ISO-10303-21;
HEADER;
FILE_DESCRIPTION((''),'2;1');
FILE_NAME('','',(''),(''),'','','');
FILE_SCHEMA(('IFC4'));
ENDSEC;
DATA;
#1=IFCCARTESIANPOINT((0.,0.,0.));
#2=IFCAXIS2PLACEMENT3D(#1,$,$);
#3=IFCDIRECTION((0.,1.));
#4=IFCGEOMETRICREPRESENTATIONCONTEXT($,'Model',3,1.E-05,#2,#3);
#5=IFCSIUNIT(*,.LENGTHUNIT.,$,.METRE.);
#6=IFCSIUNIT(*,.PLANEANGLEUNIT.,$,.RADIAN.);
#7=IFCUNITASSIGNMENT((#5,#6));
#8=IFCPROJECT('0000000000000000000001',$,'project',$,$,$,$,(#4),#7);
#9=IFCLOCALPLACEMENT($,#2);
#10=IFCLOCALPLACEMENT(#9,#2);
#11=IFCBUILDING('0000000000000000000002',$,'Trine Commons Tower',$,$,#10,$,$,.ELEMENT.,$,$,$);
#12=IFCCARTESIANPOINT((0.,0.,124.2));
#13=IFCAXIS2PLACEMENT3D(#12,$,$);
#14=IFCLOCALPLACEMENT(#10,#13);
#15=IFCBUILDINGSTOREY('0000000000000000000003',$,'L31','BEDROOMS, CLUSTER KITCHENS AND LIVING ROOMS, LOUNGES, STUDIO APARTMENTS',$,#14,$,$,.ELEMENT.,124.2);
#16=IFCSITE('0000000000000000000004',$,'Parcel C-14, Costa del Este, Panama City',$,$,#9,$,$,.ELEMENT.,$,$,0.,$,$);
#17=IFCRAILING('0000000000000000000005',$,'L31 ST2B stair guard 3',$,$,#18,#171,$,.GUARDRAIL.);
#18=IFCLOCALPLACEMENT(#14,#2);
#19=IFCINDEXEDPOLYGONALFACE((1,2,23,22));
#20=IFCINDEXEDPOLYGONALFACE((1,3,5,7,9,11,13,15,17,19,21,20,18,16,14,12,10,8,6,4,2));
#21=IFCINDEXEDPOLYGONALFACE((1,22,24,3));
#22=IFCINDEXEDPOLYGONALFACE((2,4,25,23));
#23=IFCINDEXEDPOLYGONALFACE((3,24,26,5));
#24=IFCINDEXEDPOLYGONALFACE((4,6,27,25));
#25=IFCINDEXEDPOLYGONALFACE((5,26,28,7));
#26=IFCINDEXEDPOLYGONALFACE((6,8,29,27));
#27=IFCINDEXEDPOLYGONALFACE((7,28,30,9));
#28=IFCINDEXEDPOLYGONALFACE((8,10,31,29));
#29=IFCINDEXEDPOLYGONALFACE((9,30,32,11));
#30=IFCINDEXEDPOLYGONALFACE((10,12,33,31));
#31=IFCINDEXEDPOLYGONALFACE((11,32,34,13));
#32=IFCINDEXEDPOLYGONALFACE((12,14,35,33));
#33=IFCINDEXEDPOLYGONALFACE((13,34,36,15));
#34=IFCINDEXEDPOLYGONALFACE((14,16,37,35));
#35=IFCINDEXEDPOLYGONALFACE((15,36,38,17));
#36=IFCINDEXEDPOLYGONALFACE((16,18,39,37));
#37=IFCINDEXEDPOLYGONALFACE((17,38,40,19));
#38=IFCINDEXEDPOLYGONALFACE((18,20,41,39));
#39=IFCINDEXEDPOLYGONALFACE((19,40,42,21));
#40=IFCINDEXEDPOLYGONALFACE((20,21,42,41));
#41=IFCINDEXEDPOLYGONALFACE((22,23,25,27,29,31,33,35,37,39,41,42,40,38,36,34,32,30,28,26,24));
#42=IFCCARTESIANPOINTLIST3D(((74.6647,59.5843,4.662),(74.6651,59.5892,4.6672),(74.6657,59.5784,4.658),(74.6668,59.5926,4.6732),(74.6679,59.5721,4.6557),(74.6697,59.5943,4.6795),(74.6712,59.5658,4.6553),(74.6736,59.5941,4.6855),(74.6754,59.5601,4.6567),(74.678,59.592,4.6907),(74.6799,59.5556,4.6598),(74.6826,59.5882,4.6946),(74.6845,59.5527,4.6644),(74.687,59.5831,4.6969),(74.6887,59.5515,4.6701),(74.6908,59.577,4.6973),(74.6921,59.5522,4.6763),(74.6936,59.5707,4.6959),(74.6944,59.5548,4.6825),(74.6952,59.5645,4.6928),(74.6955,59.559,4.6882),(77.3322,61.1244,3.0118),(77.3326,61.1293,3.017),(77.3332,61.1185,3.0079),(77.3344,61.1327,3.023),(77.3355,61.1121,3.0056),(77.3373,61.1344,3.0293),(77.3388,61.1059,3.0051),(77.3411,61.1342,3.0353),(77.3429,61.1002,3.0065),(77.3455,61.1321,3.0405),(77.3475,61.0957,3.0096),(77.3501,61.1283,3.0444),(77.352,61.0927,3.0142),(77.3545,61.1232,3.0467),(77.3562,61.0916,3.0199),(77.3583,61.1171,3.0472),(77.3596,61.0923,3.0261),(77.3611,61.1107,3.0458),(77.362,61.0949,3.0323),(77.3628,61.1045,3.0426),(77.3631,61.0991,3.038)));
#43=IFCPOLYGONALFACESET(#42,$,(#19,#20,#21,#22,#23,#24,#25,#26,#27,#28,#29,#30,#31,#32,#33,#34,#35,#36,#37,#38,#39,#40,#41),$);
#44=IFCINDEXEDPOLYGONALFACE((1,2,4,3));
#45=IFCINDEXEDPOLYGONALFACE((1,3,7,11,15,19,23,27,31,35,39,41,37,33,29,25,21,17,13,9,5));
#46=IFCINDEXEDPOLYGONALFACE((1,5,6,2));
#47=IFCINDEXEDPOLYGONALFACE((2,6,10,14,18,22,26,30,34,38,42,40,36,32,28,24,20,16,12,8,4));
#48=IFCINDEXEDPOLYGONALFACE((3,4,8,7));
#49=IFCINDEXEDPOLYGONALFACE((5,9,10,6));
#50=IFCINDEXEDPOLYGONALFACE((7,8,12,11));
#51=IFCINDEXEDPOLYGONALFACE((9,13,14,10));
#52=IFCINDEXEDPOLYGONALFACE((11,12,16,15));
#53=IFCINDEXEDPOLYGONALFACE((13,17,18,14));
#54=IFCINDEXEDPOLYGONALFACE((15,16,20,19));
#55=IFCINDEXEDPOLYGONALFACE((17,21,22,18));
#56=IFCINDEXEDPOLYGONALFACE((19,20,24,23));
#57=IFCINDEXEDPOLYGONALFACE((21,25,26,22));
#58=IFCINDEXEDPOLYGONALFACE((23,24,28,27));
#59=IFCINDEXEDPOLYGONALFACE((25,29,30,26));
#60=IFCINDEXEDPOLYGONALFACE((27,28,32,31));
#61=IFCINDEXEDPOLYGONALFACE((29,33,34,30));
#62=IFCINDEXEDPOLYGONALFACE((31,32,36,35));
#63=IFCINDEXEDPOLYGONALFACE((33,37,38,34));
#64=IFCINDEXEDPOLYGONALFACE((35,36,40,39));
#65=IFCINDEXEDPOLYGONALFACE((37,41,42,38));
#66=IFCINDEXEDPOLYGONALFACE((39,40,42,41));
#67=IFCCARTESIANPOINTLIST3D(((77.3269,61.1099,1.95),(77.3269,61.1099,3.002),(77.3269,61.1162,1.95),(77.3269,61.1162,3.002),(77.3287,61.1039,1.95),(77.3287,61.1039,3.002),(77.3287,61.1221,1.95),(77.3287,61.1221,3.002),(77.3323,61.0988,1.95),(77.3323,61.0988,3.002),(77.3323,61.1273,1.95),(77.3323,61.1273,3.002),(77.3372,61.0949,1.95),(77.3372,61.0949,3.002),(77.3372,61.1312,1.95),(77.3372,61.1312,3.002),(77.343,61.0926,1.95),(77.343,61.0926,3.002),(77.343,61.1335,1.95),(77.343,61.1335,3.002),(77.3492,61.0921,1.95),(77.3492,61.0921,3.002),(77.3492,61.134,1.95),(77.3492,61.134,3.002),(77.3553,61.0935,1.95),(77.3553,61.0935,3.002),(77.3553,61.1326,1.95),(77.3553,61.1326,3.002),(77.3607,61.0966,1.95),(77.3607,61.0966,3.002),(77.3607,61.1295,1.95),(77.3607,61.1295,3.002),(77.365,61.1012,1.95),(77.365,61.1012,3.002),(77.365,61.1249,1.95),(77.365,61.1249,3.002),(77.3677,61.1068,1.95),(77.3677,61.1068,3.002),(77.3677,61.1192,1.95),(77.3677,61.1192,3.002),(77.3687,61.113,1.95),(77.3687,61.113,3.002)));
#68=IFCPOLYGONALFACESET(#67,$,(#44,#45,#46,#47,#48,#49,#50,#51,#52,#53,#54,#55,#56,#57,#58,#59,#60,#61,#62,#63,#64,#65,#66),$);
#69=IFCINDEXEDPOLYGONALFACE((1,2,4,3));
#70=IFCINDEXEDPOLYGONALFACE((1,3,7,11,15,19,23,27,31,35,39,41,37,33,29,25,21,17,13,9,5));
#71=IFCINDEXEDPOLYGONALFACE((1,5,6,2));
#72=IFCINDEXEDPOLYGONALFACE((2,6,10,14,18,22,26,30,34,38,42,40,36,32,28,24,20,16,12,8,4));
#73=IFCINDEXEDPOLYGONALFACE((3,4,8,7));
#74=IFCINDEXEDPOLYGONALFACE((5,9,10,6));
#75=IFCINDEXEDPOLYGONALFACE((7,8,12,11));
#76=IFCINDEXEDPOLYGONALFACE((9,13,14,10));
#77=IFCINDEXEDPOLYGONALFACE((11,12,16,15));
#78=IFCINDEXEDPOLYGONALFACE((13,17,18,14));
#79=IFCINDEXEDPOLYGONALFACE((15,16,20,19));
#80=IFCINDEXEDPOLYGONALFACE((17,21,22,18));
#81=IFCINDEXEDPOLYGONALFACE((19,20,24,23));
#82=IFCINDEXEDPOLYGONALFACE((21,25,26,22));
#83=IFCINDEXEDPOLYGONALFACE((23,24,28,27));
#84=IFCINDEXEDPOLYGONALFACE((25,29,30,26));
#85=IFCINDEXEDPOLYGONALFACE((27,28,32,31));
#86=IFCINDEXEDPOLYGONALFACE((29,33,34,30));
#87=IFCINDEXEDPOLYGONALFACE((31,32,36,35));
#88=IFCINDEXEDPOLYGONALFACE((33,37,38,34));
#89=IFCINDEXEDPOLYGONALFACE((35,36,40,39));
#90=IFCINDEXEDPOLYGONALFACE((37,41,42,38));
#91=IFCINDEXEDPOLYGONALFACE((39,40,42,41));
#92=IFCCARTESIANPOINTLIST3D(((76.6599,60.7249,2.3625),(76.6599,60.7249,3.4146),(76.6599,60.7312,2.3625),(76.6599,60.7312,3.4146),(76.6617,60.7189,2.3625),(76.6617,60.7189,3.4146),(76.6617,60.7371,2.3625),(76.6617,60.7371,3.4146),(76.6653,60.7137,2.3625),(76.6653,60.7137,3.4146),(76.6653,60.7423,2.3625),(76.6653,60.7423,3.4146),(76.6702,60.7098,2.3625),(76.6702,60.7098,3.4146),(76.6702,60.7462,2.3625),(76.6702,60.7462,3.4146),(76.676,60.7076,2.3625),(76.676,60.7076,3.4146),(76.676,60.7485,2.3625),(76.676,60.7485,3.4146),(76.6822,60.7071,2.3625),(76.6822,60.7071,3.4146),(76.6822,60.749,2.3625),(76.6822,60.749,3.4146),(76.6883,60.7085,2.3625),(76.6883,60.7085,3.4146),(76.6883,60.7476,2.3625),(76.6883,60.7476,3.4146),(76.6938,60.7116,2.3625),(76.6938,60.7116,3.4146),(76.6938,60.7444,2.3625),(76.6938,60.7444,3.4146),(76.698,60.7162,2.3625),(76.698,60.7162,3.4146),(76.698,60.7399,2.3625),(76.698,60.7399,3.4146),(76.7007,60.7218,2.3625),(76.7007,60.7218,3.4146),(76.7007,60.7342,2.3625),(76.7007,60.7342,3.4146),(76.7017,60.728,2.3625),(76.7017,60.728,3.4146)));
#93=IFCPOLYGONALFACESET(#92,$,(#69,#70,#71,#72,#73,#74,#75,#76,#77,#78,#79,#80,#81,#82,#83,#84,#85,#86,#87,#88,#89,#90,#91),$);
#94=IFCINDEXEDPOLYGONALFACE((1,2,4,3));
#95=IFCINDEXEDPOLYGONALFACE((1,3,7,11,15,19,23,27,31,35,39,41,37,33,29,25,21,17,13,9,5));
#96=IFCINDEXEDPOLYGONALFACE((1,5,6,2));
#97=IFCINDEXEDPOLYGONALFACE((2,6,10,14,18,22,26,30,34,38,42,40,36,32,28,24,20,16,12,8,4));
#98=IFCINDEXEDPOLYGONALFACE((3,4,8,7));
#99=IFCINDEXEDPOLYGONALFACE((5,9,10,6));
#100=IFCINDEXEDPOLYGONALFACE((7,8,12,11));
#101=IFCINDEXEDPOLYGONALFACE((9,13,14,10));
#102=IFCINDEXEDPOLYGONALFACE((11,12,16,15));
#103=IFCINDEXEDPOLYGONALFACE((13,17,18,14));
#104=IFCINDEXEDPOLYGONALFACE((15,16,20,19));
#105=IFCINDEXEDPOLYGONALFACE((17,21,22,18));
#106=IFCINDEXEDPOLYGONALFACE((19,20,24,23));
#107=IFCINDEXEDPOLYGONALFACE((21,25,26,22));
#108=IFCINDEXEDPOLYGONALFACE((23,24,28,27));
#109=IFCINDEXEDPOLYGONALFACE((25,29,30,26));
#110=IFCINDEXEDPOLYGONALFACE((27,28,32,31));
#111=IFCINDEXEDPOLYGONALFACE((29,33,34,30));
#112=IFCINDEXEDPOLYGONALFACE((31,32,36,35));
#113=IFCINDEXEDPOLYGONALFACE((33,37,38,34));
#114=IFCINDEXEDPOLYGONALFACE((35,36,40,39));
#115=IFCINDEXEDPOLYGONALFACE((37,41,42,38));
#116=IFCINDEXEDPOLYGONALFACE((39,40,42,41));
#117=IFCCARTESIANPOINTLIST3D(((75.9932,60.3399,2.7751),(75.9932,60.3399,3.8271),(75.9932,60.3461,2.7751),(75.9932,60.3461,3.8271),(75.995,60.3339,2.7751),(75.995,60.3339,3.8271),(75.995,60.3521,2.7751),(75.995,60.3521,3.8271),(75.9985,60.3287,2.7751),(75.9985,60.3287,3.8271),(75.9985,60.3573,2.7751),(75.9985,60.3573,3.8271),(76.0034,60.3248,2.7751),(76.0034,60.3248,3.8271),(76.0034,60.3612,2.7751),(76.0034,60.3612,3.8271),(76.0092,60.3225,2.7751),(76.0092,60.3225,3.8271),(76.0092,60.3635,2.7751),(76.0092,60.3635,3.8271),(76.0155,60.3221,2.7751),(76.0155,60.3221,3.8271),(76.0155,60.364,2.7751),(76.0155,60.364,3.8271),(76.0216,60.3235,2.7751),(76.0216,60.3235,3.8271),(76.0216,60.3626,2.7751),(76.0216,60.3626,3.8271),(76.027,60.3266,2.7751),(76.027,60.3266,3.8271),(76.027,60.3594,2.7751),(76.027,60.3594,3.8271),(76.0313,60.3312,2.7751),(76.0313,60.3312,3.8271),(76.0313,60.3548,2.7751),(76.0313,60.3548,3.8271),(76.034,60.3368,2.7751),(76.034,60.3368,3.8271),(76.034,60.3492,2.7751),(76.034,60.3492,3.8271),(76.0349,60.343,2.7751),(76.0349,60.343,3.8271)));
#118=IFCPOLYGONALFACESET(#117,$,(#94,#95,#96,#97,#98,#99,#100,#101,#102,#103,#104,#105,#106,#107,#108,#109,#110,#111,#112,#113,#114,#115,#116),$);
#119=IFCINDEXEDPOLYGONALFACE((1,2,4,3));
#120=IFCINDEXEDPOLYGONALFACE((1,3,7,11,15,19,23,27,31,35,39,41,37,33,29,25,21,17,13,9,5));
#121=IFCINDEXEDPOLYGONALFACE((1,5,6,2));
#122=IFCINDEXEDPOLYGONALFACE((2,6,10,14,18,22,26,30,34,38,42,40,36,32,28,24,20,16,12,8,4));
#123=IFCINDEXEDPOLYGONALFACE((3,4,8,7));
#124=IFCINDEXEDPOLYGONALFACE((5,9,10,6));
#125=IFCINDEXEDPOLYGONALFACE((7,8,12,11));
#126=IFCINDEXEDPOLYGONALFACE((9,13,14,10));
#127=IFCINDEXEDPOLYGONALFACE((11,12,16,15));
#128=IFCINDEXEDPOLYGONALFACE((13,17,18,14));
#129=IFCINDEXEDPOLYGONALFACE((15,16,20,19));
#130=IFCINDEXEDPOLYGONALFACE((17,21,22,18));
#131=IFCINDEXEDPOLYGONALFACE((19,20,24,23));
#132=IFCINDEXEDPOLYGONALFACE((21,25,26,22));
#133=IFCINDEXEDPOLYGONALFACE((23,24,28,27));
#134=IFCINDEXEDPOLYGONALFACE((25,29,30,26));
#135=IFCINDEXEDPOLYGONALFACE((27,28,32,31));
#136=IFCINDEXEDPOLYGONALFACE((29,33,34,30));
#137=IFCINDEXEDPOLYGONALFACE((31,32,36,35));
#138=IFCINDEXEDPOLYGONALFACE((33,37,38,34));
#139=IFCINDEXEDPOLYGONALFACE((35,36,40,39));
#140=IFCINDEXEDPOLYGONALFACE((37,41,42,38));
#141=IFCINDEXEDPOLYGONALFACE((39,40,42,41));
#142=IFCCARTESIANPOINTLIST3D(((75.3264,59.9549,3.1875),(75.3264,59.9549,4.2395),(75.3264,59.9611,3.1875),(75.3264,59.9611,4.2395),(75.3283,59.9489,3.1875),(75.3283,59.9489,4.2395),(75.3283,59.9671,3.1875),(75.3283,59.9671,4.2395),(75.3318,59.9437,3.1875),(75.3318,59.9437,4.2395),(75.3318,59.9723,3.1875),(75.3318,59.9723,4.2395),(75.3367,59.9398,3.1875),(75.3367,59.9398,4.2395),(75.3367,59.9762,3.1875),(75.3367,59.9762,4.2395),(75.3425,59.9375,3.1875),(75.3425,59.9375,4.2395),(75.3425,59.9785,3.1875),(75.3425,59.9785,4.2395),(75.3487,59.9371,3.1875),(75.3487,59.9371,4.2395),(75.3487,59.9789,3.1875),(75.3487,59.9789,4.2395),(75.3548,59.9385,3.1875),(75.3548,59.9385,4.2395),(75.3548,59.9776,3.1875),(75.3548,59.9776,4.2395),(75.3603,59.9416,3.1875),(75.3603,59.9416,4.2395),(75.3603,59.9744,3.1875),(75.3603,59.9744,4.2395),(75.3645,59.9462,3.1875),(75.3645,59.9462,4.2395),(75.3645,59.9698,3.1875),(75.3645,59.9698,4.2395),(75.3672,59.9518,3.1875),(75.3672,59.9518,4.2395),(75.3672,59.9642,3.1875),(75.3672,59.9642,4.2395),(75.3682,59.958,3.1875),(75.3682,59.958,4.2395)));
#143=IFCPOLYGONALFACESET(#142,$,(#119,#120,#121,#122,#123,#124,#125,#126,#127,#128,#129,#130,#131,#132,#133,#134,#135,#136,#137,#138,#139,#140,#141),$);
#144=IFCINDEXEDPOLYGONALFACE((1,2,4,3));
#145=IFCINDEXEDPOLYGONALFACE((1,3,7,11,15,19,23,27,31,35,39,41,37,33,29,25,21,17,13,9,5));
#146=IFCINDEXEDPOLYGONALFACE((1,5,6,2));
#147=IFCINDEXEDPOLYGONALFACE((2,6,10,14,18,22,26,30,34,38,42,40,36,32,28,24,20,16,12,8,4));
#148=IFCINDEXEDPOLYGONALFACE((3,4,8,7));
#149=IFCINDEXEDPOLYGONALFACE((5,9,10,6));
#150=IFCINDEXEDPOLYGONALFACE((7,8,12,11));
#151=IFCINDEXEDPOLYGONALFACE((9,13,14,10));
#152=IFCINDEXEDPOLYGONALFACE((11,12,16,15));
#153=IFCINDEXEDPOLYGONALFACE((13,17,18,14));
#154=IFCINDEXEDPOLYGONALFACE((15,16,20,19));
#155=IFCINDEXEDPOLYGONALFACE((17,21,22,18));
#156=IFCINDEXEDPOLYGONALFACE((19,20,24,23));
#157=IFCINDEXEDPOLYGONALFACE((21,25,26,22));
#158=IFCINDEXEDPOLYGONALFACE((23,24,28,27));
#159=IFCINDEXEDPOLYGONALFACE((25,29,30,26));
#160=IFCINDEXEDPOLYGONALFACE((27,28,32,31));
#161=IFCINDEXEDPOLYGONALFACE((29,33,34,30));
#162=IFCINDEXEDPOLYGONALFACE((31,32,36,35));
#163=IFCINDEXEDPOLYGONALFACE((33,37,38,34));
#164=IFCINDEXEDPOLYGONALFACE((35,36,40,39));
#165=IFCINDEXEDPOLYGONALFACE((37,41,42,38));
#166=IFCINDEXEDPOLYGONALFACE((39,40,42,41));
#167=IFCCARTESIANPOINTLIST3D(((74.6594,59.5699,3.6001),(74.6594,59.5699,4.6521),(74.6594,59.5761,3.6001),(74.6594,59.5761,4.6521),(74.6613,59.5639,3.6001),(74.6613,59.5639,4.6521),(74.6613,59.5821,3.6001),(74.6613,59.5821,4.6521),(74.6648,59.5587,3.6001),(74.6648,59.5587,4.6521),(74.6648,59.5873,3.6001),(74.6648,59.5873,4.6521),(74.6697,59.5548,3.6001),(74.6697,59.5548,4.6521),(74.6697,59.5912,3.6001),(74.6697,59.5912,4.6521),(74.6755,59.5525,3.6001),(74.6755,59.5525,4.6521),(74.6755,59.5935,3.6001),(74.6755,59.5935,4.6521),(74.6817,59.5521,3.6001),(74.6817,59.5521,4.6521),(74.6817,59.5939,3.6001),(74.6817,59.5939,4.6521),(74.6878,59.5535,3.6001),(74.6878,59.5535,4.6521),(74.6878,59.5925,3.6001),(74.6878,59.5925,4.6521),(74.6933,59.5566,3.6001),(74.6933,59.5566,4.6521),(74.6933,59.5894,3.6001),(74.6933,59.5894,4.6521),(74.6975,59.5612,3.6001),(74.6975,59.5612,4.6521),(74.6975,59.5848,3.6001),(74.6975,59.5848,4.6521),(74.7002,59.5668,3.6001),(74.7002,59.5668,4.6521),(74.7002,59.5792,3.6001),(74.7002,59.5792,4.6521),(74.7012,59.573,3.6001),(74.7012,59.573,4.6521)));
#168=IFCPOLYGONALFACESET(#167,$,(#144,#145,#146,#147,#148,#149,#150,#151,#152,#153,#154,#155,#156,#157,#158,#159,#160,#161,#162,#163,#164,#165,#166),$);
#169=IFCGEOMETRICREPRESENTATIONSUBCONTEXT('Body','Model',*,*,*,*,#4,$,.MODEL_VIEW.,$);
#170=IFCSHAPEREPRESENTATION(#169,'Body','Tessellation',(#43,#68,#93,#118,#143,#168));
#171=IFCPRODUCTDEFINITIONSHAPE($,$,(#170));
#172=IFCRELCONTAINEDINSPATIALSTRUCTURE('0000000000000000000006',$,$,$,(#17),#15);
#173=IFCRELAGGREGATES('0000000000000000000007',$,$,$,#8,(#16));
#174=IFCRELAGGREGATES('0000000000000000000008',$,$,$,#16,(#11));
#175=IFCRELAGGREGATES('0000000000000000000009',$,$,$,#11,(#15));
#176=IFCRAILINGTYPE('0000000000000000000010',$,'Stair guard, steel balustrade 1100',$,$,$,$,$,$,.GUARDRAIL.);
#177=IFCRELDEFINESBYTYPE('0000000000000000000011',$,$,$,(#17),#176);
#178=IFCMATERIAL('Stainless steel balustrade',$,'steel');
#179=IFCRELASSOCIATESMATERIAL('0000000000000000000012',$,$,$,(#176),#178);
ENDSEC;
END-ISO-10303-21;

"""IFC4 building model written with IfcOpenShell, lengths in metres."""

from ifc_helpers import new_model, si_unit, direction, frame, origin, origin_2d, place, context, subcontext, project, spatial, circle, extrude, material, type_object, element, save


model = new_model("IFC4")

# Units and contexts
model_context = context("Model", 3, precision=1e-05, world=origin(), true_north=direction((0.0, 1.0)))
body_context = subcontext(model_context, "Body", "Model", "MODEL_VIEW")
ifc_project = project(units=[si_unit("LENGTHUNIT", "METRE"), si_unit("PLANEANGLEUNIT", "RADIAN")], contexts=[model_context])

# Site, building, storey
site_placement = place(None, origin())
site = spatial("IfcSite", under=ifc_project, at=site_placement, Name="Parcel C-14, Costa del Este, Panama City", CompositionType="ELEMENT", RefElevation=0.0)
building_placement = place(site_placement, origin())
building = spatial("IfcBuilding", under=site, at=building_placement, Name="Trine Commons Tower", CompositionType="ELEMENT")
storey_placement = place(building_placement, frame((0.0, 0.0, 124.2)))
storey = spatial("IfcBuildingStorey", under=building, at=storey_placement, Name="L31", Description="BEDROOMS, CLUSTER KITCHENS AND LIVING ROOMS, LOUNGES, STUDIO APARTMENTS", CompositionType="ELEMENT", Elevation=124.2)

# Railing
ifc_material_1 = material(Name="Stainless steel balustrade", Category="steel")
railing_type_1 = type_object("IfcRailingType", Name="Stair guard, steel balustrade 1100", PredefinedType="GUARDRAIL", material=ifc_material_1)
railing_1_placement = place(storey_placement, frame((77.3477, 61.113, 1.95)))
element("IfcRailing", 1, at=railing_1_placement, inside=storey, type_object=railing_type_1, Name="L31 ST2B stair guard 3", PredefinedType="GUARDRAIL", context=body_context, shape_type="SweptSolid", body=[
    extrude(circle(Radius=0.0239, at=origin_2d()), frame((0.0, 0.0, 1.0762), z_axis=(-0.76338, -0.440728, 0.472239), x_axis=(0.499992, -0.86603, 0.0)), (0.0, 0.0, 1.0), 3.4944),
    extrude(circle(Radius=0.021, at=origin_2d()), origin(), (0.0, 0.0, 1.0), 1.052),
    extrude(circle(Radius=0.021, at=origin_2d()), frame((-0.667, -0.385, 0.4126)), (0.0, 0.0, 1.0), 1.052),
    extrude(circle(Radius=0.021, at=origin_2d()), frame((-1.3337, -0.77, 0.8252)), (0.0, 0.0, 1.0), 1.052),
    extrude(circle(Radius=0.021, at=origin_2d()), frame((-2.0005, -1.155, 1.2375)), (0.0, 0.0, 1.0), 1.052),
    extrude(circle(Radius=0.021, at=origin_2d()), frame((-2.6675, -1.54, 1.6501)), (0.0, 0.0, 1.0), 1.052),
])

save(model, "model.ifc")
